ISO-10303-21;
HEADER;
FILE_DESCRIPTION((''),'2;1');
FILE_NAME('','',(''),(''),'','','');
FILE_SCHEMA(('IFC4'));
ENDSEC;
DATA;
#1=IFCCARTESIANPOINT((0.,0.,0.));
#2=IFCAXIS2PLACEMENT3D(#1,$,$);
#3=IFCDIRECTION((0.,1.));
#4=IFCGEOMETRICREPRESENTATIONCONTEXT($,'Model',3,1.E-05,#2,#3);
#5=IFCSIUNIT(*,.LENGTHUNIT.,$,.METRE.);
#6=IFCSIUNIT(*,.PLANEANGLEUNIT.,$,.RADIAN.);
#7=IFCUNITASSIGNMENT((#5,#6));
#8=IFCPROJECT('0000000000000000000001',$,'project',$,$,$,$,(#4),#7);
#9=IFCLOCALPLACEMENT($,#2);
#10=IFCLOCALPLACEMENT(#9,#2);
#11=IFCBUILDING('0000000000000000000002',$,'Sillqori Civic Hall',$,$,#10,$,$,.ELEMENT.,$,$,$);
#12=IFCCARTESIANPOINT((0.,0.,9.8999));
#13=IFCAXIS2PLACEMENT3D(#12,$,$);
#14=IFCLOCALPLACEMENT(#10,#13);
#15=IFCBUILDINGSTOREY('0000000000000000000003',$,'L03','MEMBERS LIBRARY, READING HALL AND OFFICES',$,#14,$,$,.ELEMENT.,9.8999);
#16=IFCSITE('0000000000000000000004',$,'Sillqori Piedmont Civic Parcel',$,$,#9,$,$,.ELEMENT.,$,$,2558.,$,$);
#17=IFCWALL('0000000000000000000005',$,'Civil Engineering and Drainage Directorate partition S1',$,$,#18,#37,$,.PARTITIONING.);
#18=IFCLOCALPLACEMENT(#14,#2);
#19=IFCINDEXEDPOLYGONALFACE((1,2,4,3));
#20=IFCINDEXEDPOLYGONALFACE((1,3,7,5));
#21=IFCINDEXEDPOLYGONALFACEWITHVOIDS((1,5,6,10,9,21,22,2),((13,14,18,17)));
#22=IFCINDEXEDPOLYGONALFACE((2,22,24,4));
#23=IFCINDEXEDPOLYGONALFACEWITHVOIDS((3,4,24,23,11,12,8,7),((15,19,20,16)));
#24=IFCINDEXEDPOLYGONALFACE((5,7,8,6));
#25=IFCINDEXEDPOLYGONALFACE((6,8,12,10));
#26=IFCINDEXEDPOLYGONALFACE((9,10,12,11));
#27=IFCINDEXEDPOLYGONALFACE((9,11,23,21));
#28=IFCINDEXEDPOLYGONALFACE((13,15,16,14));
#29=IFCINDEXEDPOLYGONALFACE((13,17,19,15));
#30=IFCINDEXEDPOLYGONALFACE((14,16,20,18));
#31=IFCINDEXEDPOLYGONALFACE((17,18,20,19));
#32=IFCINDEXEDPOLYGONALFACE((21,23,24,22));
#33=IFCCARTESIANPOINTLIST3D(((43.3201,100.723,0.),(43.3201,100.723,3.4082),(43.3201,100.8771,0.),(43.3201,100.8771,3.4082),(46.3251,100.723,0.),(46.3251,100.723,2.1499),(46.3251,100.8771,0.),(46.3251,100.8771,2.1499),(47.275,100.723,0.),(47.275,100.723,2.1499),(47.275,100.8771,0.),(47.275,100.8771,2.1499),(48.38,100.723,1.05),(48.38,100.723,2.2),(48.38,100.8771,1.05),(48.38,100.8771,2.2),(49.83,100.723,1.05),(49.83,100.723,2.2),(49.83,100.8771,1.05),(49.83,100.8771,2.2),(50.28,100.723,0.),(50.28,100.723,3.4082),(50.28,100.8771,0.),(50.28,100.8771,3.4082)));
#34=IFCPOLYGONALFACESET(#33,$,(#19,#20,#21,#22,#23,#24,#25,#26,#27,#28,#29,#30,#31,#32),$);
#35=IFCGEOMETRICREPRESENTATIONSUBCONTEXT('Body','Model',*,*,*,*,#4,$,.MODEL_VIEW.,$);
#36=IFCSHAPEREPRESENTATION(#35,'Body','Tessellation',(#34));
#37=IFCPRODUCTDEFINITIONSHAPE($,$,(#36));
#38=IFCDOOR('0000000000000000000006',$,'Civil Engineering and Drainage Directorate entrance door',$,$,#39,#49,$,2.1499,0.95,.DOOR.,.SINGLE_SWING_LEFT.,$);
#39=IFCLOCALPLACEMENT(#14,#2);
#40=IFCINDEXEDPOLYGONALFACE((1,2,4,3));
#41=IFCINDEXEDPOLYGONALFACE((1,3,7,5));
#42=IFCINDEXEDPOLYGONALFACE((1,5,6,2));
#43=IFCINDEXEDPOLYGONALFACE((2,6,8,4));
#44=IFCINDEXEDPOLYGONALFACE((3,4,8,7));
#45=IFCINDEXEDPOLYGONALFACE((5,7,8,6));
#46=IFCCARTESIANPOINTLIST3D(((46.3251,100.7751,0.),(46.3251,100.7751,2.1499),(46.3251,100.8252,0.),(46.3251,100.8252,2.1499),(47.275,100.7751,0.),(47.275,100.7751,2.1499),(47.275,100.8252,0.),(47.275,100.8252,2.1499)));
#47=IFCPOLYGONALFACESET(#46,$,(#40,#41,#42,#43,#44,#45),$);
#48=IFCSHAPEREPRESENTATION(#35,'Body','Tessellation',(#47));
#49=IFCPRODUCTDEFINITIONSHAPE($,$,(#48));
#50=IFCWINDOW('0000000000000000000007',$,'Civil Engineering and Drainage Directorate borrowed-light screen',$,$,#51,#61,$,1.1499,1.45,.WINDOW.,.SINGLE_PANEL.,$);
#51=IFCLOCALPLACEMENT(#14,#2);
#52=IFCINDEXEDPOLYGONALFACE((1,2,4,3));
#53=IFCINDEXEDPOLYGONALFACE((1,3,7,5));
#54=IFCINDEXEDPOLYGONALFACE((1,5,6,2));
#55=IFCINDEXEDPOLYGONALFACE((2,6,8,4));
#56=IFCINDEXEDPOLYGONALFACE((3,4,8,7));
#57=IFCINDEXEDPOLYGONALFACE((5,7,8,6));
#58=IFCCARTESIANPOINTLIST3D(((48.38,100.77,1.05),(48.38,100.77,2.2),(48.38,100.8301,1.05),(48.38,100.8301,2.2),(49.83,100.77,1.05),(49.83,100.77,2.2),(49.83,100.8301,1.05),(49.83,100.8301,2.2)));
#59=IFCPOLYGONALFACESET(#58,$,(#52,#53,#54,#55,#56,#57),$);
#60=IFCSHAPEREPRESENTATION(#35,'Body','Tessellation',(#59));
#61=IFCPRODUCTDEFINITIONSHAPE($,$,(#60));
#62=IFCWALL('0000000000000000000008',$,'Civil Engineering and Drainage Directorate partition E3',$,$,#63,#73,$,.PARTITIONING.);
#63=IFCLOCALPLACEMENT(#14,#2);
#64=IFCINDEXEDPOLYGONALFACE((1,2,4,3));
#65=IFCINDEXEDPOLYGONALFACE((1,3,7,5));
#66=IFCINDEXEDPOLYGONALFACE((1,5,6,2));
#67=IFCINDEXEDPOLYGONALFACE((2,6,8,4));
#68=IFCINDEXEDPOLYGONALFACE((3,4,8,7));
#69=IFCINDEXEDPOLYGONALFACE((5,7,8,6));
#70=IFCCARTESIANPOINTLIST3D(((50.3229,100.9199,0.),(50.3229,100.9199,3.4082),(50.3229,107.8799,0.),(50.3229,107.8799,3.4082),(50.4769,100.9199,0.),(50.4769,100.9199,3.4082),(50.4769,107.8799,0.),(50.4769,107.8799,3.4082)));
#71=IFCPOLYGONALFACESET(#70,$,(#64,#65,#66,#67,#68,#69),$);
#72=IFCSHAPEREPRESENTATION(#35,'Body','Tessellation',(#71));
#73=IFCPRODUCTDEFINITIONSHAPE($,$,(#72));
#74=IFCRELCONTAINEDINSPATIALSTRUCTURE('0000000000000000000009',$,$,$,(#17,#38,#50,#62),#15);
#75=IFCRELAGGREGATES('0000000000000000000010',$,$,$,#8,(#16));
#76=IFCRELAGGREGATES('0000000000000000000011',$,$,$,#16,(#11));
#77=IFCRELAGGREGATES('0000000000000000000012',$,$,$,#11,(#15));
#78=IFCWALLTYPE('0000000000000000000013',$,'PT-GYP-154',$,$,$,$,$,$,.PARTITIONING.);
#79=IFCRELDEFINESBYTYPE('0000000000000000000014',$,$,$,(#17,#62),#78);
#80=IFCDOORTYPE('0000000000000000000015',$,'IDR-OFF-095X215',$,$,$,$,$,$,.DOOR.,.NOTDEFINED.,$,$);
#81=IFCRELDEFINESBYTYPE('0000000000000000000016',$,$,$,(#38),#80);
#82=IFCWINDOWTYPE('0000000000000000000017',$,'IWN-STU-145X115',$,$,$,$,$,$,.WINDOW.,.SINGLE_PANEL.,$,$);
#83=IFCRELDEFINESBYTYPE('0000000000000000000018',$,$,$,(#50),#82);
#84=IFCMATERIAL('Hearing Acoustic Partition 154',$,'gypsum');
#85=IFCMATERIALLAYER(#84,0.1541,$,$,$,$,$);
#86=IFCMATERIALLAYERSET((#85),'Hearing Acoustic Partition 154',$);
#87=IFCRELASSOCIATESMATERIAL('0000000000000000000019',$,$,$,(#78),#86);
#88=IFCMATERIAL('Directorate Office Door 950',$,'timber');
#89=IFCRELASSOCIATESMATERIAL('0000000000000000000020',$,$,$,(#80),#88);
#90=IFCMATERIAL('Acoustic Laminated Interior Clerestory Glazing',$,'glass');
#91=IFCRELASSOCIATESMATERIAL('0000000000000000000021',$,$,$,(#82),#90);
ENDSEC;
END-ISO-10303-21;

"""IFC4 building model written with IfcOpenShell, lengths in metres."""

from ifc_helpers import new_model, si_unit, direction, frame, frame_2d, origin, place, context, subcontext, project, spatial, rectangle, extrude, material, layer, layer_set, type_object, element, fill, save


model = new_model("IFC4")

# Units and contexts
model_context = context("Model", 3, precision=1e-05, world=origin(), true_north=direction((0.0, 1.0)))
body_context = subcontext(model_context, "Body", "Model", "MODEL_VIEW")
ifc_project = project(units=[si_unit("LENGTHUNIT", "METRE"), si_unit("PLANEANGLEUNIT", "RADIAN")], contexts=[model_context])

# Site, building, storey
site_placement = place(None, origin())
site = spatial("IfcSite", under=ifc_project, at=site_placement, Name="Sillqori Piedmont Civic Parcel", CompositionType="ELEMENT", RefElevation=2558.0)
building_placement = place(site_placement, origin())
building = spatial("IfcBuilding", under=site, at=building_placement, Name="Sillqori Civic Hall", CompositionType="ELEMENT")
storey_placement = place(building_placement, frame((0.0, 0.0, 9.8999)))
storey = spatial("IfcBuildingStorey", under=building, at=storey_placement, Name="L03", Description="MEMBERS LIBRARY, READING HALL AND OFFICES", CompositionType="ELEMENT", Elevation=9.8999)

# Wall, openings, door, window
ifc_material_1 = material(Name="Hearing Acoustic Partition 154", Category="gypsum")
ifc_layer = layer(ifc_material_1, 0.1541)
ifc_layer_set = layer_set([ifc_layer], Name="Hearing Acoustic Partition 154")
wall_type = type_object("IfcWallType", Name="PT-GYP-154", PredefinedType="PARTITIONING", material=ifc_layer_set)
wall_1_placement = place(storey_placement, frame((50.28, 100.8, 0.0), z_axis=(0.0, 0.0, 1.0), x_axis=(-1.0, 0.0, 0.0)))
wall_1 = element("IfcWall", 1, at=wall_1_placement, inside=storey, type_object=wall_type, Name="Civil Engineering and Drainage Directorate partition S1", PredefinedType="PARTITIONING", context=body_context, shape_type="SweptSolid", body=[
    extrude(rectangle(XDim=6.96, YDim=0.1541, at=frame_2d((3.48, 0.0))), origin(), (0.0, 0.0, 1.0), 3.4082),
])
opening_1_placement = place(wall_1_placement, frame((3.0049, 0.0, 0.0)))
opening_1 = element("IfcOpeningElement", 2, at=opening_1_placement, cuts=wall_1, PredefinedType="OPENING", context=body_context, shape_type="SweptSolid", body=[
    extrude(rectangle(XDim=0.95, YDim=2.1499, at=frame_2d((0.4751, 1.075))), frame((0.0, 0.0869, 0.0), z_axis=(0.0, -1.0, 0.0), x_axis=(1.0, 0.0, 0.0)), (0.0, 0.0, 1.0), 0.1741),
])
opening_2_placement = place(wall_1_placement, frame((0.45, 0.0, 1.05)))
opening_2 = element("IfcOpeningElement", 3, at=opening_2_placement, cuts=wall_1, PredefinedType="OPENING", context=body_context, shape_type="SweptSolid", body=[
    extrude(rectangle(XDim=1.45, YDim=1.1499, at=frame_2d((0.7251, 0.575))), frame((0.0, 0.0869, 0.0), z_axis=(0.0, -1.0, 0.0), x_axis=(1.0, 0.0, 0.0)), (0.0, 0.0, 1.0), 0.1741),
])
ifc_material_2 = material(Name="Directorate Office Door 950", Category="timber")
door_type = type_object("IfcDoorType", Name="IDR-OFF-095X215", OperationType="NOTDEFINED", PredefinedType="DOOR", material=ifc_material_2)
door_placement = place(opening_1_placement, origin())
door = element("IfcDoor", 4, at=door_placement, inside=storey, type_object=door_type, Name="Civil Engineering and Drainage Directorate entrance door", OperationType="SINGLE_SWING_LEFT", OverallHeight=2.1499, OverallWidth=0.95, PredefinedType="DOOR", context=body_context, shape_type="SweptSolid", body=[
    extrude(rectangle(XDim=0.95, YDim=2.1499, at=frame_2d((0.4751, 1.075))), frame((0.0, 0.0249, 0.0), z_axis=(0.0, -1.0, 0.0), x_axis=(1.0, 0.0, 0.0)), (0.0, 0.0, 1.0), 0.05),
])
fill(opening_1, door)
ifc_material_3 = material(Name="Acoustic Laminated Interior Clerestory Glazing", Category="glass")
window_type = type_object("IfcWindowType", Name="IWN-STU-145X115", PartitioningType="SINGLE_PANEL", PredefinedType="WINDOW", material=ifc_material_3)
window_placement = place(opening_2_placement, origin())
window = element("IfcWindow", 5, at=window_placement, inside=storey, type_object=window_type, Name="Civil Engineering and Drainage Directorate borrowed-light screen", OverallHeight=1.1499, OverallWidth=1.45, PartitioningType="SINGLE_PANEL", PredefinedType="WINDOW", context=body_context, shape_type="SweptSolid", body=[
    extrude(rectangle(XDim=1.45, YDim=1.1499, at=frame_2d((0.7251, 0.575))), frame((0.0, 0.03, 0.0), z_axis=(0.0, -1.0, 0.0), x_axis=(1.0, 0.0, 0.0)), (0.0, 0.0, 1.0), 0.0601),
])
fill(opening_2, window)

# Wall
wall_2_placement = place(storey_placement, frame((50.3999, 107.8799, 0.0), z_axis=(0.0, 0.0, 1.0), x_axis=(0.0, -1.0, 0.0)))
element("IfcWall", 6, at=wall_2_placement, inside=storey, type_object=wall_type, Name="Civil Engineering and Drainage Directorate partition E3", PredefinedType="PARTITIONING", context=body_context, shape_type="SweptSolid", body=[
    extrude(rectangle(XDim=6.96, YDim=0.1541, at=frame_2d((3.48, 0.0))), origin(), (0.0, 0.0, 1.0), 3.4082),
])

save(model, "model.ifc")
